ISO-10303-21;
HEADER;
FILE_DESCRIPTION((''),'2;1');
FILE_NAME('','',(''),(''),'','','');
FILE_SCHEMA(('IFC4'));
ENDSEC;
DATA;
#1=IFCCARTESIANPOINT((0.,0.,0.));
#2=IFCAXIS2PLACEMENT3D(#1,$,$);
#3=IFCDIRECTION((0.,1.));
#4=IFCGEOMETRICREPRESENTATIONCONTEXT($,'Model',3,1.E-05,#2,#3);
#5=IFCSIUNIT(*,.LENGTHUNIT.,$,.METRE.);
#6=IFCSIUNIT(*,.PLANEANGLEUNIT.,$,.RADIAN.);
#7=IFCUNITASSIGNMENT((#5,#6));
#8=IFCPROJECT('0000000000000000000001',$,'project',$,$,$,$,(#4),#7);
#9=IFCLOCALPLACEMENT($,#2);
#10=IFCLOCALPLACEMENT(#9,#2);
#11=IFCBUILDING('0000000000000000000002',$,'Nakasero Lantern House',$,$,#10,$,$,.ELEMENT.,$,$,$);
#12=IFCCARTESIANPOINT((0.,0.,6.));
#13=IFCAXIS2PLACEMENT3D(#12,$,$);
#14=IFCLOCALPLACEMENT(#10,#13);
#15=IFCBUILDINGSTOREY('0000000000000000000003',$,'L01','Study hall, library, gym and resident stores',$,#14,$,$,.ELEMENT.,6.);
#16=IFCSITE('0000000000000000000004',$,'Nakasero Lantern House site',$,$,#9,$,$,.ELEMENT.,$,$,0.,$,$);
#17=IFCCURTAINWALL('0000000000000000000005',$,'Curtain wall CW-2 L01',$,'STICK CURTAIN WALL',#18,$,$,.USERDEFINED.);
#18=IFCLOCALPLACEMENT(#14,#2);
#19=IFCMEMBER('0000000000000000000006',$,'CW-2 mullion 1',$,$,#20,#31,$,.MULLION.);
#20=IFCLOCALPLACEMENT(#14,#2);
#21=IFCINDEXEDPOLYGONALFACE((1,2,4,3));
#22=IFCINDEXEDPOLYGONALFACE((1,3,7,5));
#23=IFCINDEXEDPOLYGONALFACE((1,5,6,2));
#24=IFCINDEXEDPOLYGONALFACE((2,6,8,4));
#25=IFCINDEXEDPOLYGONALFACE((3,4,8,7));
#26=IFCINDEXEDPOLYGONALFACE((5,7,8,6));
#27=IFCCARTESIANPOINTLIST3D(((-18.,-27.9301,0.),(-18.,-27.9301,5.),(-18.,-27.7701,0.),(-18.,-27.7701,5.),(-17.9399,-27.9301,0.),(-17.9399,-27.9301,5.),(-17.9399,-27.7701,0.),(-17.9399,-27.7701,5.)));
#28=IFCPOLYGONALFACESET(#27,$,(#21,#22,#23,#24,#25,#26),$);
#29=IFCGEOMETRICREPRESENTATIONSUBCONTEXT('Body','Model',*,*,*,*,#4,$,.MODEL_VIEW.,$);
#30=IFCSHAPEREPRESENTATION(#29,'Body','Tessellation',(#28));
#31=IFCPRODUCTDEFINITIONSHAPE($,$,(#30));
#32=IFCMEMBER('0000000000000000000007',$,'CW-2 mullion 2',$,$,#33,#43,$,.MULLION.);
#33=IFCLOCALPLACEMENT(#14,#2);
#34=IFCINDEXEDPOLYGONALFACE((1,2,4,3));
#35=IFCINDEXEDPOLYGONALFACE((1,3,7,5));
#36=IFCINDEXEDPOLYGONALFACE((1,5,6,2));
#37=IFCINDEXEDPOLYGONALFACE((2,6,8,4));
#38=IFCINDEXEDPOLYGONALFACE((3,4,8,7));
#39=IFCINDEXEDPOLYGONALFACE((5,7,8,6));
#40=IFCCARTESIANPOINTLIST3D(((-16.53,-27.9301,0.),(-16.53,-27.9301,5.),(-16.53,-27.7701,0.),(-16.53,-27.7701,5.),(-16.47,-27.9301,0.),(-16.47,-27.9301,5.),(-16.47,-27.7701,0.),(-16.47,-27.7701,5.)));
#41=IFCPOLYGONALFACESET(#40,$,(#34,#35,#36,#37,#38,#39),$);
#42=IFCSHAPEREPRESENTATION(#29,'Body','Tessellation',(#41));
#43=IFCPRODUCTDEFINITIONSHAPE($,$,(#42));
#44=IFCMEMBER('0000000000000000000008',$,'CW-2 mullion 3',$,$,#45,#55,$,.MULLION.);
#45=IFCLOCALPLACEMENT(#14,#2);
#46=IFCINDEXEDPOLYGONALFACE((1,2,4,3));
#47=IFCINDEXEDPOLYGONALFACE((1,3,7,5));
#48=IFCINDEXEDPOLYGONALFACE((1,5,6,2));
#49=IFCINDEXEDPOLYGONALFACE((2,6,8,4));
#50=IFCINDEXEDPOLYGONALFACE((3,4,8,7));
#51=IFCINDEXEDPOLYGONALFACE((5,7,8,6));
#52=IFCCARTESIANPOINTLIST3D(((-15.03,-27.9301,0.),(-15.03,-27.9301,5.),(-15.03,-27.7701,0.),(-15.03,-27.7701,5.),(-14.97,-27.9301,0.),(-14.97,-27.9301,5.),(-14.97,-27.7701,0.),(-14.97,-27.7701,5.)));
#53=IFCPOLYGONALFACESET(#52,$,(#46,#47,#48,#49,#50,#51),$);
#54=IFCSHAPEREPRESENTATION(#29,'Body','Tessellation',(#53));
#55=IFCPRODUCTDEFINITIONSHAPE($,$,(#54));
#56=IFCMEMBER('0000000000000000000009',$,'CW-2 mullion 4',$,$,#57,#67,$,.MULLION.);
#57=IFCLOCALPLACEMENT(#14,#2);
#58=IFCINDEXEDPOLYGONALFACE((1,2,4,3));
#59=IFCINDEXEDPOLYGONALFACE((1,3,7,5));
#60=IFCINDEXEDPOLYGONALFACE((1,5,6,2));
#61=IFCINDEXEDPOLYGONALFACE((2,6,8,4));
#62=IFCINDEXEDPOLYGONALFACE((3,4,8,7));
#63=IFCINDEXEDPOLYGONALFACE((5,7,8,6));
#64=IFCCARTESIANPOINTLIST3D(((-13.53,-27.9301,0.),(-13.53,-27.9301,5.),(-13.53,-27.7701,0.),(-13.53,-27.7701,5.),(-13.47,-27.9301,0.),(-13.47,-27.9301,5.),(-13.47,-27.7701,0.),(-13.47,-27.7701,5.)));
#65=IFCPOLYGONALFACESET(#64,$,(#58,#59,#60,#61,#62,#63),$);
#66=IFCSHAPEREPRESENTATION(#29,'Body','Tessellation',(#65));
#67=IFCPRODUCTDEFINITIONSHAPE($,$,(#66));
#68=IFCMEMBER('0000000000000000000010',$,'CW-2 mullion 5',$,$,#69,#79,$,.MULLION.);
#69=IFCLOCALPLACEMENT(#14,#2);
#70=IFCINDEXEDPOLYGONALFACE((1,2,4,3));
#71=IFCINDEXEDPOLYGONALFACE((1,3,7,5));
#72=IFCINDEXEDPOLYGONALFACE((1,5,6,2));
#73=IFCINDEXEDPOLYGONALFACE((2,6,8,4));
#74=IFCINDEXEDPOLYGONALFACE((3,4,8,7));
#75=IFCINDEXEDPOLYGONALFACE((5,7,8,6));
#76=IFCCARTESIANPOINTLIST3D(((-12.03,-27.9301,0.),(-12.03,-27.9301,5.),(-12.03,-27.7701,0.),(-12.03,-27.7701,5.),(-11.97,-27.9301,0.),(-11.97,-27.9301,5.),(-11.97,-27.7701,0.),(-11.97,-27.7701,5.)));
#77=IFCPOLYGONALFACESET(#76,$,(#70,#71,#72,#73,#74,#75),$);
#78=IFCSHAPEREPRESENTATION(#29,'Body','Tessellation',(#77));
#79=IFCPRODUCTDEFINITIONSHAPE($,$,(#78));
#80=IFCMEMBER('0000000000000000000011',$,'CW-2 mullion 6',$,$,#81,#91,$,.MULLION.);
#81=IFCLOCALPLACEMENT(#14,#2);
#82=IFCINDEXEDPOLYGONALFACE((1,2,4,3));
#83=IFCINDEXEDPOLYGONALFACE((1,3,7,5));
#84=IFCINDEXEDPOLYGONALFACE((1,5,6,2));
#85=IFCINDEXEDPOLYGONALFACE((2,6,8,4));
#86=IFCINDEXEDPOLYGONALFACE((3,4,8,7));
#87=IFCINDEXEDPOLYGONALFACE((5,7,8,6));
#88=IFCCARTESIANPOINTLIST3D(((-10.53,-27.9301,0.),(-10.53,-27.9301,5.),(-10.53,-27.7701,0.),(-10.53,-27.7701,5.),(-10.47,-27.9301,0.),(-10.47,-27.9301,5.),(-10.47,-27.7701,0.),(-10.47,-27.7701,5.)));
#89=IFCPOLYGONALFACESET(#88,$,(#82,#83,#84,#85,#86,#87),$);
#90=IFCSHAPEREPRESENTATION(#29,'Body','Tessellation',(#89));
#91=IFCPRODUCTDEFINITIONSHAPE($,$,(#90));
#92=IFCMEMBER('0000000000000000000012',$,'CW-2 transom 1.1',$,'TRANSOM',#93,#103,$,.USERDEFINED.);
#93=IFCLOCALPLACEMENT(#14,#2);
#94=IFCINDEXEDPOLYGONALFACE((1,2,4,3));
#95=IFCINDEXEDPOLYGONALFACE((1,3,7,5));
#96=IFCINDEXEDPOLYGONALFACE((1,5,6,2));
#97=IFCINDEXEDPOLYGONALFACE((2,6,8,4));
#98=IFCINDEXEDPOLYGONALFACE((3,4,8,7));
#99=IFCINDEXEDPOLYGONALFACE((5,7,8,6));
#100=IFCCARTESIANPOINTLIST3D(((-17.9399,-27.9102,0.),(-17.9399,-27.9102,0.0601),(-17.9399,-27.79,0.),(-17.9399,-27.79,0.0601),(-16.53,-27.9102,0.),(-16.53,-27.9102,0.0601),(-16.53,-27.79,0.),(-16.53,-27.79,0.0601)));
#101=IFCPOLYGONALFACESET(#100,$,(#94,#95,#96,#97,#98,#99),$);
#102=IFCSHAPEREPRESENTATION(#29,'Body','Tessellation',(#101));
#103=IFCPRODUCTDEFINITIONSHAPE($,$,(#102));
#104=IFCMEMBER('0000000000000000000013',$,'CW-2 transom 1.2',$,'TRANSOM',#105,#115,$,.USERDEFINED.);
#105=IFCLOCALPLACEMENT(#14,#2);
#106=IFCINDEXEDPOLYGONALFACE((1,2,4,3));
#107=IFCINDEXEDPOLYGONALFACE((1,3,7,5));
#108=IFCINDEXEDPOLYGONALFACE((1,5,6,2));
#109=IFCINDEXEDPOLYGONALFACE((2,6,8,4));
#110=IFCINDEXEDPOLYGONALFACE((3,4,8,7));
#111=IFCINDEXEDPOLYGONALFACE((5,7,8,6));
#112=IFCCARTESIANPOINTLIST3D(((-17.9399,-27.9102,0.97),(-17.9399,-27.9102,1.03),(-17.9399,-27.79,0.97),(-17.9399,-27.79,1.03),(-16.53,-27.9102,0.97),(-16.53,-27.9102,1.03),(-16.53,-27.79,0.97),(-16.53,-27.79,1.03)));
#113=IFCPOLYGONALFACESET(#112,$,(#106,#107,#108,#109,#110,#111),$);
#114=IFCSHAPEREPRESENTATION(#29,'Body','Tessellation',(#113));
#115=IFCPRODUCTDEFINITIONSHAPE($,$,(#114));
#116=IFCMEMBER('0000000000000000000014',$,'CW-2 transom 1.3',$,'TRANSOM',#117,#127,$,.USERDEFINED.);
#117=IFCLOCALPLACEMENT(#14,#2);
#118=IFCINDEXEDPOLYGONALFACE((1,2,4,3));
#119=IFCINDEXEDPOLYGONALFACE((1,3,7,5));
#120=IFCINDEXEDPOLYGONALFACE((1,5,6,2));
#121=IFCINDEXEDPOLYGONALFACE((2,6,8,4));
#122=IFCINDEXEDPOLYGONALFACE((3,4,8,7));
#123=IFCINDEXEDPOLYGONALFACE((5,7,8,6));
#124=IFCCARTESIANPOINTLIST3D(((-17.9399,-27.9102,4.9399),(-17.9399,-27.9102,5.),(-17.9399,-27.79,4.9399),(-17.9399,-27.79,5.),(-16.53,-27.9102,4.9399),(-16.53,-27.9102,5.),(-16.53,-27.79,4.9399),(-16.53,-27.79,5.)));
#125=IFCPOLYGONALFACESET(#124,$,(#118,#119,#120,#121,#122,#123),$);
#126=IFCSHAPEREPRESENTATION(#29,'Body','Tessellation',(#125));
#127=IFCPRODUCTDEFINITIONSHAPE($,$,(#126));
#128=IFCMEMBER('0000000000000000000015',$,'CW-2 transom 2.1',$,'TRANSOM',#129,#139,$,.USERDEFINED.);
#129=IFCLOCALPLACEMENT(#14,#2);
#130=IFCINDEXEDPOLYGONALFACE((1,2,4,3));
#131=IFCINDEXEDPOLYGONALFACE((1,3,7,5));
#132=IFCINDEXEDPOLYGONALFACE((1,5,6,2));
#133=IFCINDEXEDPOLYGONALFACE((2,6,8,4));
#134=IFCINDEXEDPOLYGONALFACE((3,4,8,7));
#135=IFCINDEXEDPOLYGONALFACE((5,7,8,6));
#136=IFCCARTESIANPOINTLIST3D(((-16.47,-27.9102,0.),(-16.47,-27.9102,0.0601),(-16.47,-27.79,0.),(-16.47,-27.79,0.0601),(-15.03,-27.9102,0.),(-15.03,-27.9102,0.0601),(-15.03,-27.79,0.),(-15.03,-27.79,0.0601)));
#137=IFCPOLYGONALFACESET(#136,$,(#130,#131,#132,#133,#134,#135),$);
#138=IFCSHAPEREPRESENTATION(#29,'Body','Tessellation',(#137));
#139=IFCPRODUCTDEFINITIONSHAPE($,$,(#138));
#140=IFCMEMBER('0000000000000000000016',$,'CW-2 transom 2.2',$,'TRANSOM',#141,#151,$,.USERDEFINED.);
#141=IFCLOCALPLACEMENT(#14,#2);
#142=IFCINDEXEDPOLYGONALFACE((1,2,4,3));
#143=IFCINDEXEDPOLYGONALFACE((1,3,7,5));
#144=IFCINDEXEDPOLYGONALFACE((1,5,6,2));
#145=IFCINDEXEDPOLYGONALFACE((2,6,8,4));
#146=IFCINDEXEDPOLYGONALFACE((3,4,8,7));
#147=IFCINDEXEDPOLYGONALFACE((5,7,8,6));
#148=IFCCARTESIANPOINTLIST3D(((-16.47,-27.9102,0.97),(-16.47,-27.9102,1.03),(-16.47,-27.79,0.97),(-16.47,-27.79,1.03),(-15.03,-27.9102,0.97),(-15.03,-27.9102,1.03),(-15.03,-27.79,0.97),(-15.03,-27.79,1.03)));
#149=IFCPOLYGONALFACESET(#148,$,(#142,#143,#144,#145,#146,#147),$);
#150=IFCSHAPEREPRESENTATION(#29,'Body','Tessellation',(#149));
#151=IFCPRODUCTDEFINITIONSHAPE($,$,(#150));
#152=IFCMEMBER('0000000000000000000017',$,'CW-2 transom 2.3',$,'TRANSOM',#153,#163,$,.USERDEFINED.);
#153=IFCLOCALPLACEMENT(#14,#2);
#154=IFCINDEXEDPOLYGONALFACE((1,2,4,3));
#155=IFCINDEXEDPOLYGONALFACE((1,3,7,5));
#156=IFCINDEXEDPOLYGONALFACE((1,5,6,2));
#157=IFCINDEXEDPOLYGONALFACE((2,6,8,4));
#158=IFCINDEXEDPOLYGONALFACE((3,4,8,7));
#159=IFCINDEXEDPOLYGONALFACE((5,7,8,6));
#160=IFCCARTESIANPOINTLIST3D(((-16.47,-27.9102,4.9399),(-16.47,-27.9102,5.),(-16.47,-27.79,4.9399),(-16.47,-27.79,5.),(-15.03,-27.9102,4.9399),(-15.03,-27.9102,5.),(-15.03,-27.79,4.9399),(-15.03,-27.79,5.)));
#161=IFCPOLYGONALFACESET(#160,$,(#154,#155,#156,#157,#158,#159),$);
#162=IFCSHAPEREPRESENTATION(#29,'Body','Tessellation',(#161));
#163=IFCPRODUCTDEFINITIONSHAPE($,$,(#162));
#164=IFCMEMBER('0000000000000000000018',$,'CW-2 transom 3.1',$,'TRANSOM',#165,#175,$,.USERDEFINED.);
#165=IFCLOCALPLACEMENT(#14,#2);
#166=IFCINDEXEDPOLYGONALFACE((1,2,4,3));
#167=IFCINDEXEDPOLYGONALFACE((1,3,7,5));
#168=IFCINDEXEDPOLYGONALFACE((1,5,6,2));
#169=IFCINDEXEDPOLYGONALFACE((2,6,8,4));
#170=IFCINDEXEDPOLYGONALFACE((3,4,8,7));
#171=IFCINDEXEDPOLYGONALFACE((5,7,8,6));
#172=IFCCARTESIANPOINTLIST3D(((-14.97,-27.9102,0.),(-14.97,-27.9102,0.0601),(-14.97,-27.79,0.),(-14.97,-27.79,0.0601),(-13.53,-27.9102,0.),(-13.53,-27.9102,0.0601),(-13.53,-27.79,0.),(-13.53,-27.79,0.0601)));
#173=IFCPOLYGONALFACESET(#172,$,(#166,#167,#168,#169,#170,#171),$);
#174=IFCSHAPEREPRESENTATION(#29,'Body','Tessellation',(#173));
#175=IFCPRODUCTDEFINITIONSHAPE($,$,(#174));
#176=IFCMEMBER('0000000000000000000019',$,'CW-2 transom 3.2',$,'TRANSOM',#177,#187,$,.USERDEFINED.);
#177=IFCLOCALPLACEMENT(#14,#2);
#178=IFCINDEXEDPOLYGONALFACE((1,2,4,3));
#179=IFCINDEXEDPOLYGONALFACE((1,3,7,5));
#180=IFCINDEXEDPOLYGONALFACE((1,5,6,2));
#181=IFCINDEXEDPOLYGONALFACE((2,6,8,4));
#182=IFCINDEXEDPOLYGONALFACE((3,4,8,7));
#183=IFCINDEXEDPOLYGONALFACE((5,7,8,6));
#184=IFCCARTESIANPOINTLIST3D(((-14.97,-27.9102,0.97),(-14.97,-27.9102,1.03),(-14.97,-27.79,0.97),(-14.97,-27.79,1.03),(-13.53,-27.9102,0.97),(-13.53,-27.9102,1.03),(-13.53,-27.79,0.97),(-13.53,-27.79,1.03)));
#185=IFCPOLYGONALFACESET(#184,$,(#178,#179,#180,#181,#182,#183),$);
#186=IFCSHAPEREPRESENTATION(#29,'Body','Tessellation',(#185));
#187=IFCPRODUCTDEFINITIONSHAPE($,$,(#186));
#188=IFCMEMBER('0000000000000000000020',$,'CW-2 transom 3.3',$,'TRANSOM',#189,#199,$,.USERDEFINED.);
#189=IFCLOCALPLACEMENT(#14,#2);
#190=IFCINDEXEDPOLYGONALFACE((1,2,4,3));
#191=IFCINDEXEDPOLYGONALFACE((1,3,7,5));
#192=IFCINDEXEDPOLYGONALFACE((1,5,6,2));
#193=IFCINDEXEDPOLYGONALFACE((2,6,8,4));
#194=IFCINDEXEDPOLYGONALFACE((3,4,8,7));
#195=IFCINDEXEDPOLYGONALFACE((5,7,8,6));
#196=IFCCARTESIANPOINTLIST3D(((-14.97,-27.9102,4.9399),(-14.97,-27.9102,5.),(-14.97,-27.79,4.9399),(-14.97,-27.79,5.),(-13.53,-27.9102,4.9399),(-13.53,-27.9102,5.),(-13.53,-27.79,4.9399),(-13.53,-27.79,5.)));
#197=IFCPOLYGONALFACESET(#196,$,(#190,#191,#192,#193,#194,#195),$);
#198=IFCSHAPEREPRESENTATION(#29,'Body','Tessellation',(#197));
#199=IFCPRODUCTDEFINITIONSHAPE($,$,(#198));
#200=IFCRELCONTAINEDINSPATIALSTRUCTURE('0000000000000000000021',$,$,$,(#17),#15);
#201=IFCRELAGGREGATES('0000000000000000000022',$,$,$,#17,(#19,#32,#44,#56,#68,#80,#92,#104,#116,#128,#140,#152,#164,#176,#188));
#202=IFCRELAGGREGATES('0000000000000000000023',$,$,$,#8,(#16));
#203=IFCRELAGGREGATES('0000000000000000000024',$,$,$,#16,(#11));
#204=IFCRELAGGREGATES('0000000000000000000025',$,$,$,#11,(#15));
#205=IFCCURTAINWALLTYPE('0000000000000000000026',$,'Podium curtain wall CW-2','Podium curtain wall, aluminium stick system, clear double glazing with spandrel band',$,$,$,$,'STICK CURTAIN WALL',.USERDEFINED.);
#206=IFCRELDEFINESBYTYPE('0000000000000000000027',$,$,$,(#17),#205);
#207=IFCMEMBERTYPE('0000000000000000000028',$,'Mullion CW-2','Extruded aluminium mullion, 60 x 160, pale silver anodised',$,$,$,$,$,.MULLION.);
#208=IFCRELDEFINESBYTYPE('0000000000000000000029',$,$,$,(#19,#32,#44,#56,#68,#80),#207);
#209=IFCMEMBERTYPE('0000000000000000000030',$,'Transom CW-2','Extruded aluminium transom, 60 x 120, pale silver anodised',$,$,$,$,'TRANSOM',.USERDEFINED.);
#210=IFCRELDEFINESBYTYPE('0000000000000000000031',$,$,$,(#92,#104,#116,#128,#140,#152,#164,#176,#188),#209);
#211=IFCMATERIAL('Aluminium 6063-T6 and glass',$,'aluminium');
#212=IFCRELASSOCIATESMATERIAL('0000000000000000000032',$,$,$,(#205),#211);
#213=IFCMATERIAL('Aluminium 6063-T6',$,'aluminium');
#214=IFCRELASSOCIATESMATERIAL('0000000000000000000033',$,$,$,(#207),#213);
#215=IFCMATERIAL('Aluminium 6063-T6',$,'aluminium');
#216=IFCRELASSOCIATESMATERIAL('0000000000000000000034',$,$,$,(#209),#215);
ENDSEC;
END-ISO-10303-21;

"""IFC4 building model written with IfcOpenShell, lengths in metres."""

from ifc_helpers import new_model, si_unit, direction, frame, origin, origin_2d, place, context, subcontext, project, spatial, rectangle, extrude, material, material_profile, profile_set, type_object, element, aggregate, save


model = new_model("IFC4")

# Units and contexts
model_context = context("Model", 3, precision=1e-05, world=origin(), true_north=direction((0.0, 1.0)))
body_context = subcontext(model_context, "Body", "Model", "MODEL_VIEW")
ifc_project = project(units=[si_unit("LENGTHUNIT", "METRE"), si_unit("PLANEANGLEUNIT", "RADIAN")], contexts=[model_context])

# Site, building, storey
site_placement = place(None, origin())
site = spatial("IfcSite", under=ifc_project, at=site_placement, Name="Nakasero Lantern House site", CompositionType="ELEMENT", RefElevation=0.0)
building_placement = place(site_placement, origin())
building = spatial("IfcBuilding", under=site, at=building_placement, Name="Nakasero Lantern House", CompositionType="ELEMENT")
storey_placement = place(building_placement, frame((0.0, 0.0, 6.0)))
storey = spatial("IfcBuildingStorey", under=building, at=storey_placement, Name="L01", Description="Study hall, library, gym and resident stores", CompositionType="ELEMENT", Elevation=6.0)

# Curtain wall, members
ifc_material_1 = material(Name="Aluminium 6063-T6 and glass", Category="aluminium")
curtain_wall_type = type_object("IfcCurtainWallType", Name="Podium curtain wall CW-2", Description="Podium curtain wall, aluminium stick system, clear double glazing with spandrel band", ElementType="STICK CURTAIN WALL", PredefinedType="USERDEFINED", material=ifc_material_1)
curtain_wall_placement = place(storey_placement, origin())
curtain_wall = element("IfcCurtainWall", 1, at=curtain_wall_placement, inside=storey, type_object=curtain_wall_type, Name="Curtain wall CW-2 L01", ObjectType="STICK CURTAIN WALL", PredefinedType="USERDEFINED")
ifc_material_2 = material(Name="Aluminium 6063-T6", Category="aluminium")
ifc_material_profile_1 = material_profile(ifc_material_2, rectangle(XDim=0.0601, YDim=0.1599, at=origin_2d()), Name="CW-2 mullion 60x160")
ifc_profile_set_1 = profile_set([ifc_material_profile_1], Name="Aluminium 6063-T6")
member_type_1 = type_object("IfcMemberType", Name="Mullion CW-2", Description="Extruded aluminium mullion, 60 x 160, pale silver anodised", PredefinedType="MULLION", material=ifc_profile_set_1)
member_1_placement = place(storey_placement, frame((-17.97, -27.8501, 0.0), z_axis=(0.0, 0.0, 1.0), x_axis=(1.0, 0.0, 0.0)))
member_1 = element("IfcMember", 2, at=member_1_placement, type_object=member_type_1, Name="CW-2 mullion 1", PredefinedType="MULLION", context=body_context, shape_type="SweptSolid", body=[
    extrude(rectangle(XDim=0.0601, YDim=0.1599, at=origin_2d()), origin(), (0.0, 0.0, 1.0), 5.0),
])
member_2_placement = place(storey_placement, frame((-16.5, -27.8501, 0.0), z_axis=(0.0, 0.0, 1.0), x_axis=(1.0, 0.0, 0.0)))
member_2 = element("IfcMember", 3, at=member_2_placement, type_object=member_type_1, Name="CW-2 mullion 2", PredefinedType="MULLION", context=body_context, shape_type="SweptSolid", body=[
    extrude(rectangle(XDim=0.0601, YDim=0.1599, at=origin_2d()), origin(), (0.0, 0.0, 1.0), 5.0),
])
member_3_placement = place(storey_placement, frame((-15.0, -27.8501, 0.0), z_axis=(0.0, 0.0, 1.0), x_axis=(1.0, 0.0, 0.0)))
member_3 = element("IfcMember", 4, at=member_3_placement, type_object=member_type_1, Name="CW-2 mullion 3", PredefinedType="MULLION", context=body_context, shape_type="SweptSolid", body=[
    extrude(rectangle(XDim=0.0601, YDim=0.1599, at=origin_2d()), origin(), (0.0, 0.0, 1.0), 5.0),
])
member_4_placement = place(storey_placement, frame((-13.5, -27.8501, 0.0), z_axis=(0.0, 0.0, 1.0), x_axis=(1.0, 0.0, 0.0)))
member_4 = element("IfcMember", 5, at=member_4_placement, type_object=member_type_1, Name="CW-2 mullion 4", PredefinedType="MULLION", context=body_context, shape_type="SweptSolid", body=[
    extrude(rectangle(XDim=0.0601, YDim=0.1599, at=origin_2d()), origin(), (0.0, 0.0, 1.0), 5.0),
])
member_5_placement = place(storey_placement, frame((-12.0, -27.8501, 0.0), z_axis=(0.0, 0.0, 1.0), x_axis=(1.0, 0.0, 0.0)))
member_5 = element("IfcMember", 6, at=member_5_placement, type_object=member_type_1, Name="CW-2 mullion 5", PredefinedType="MULLION", context=body_context, shape_type="SweptSolid", body=[
    extrude(rectangle(XDim=0.0601, YDim=0.1599, at=origin_2d()), origin(), (0.0, 0.0, 1.0), 5.0),
])
member_6_placement = place(storey_placement, frame((-10.5, -27.8501, 0.0), z_axis=(0.0, 0.0, 1.0), x_axis=(1.0, 0.0, 0.0)))
member_6 = element("IfcMember", 7, at=member_6_placement, type_object=member_type_1, Name="CW-2 mullion 6", PredefinedType="MULLION", context=body_context, shape_type="SweptSolid", body=[
    extrude(rectangle(XDim=0.0601, YDim=0.1599, at=origin_2d()), origin(), (0.0, 0.0, 1.0), 5.0),
])
ifc_material_3 = material(Name="Aluminium 6063-T6", Category="aluminium")
ifc_material_profile_2 = material_profile(ifc_material_3, rectangle(XDim=0.0601, YDim=0.1201, at=origin_2d()), Name="CW-2 transom 60x120")
ifc_profile_set_2 = profile_set([ifc_material_profile_2], Name="Aluminium 6063-T6")
member_type_2 = type_object("IfcMemberType", Name="Transom CW-2", Description="Extruded aluminium transom, 60 x 120, pale silver anodised", ElementType="TRANSOM", PredefinedType="USERDEFINED", material=ifc_profile_set_2)
member_7_placement = place(storey_placement, frame((-17.9399, -27.8501, 0.03), z_axis=(1.0, 0.0, 0.0), x_axis=(0.0, 0.0, 1.0)))
member_7 = element("IfcMember", 8, at=member_7_placement, type_object=member_type_2, Name="CW-2 transom 1.1", ObjectType="TRANSOM", PredefinedType="USERDEFINED", context=body_context, shape_type="SweptSolid", body=[
    extrude(rectangle(XDim=0.0601, YDim=0.1201, at=origin_2d()), origin(), (0.0, 0.0, 1.0), 1.4099),
])
member_8_placement = place(storey_placement, frame((-17.9399, -27.8501, 1.0), z_axis=(1.0, 0.0, 0.0), x_axis=(0.0, 0.0, 1.0)))
member_8 = element("IfcMember", 9, at=member_8_placement, type_object=member_type_2, Name="CW-2 transom 1.2", ObjectType="TRANSOM", PredefinedType="USERDEFINED", context=body_context, shape_type="SweptSolid", body=[
    extrude(rectangle(XDim=0.0601, YDim=0.1201, at=origin_2d()), origin(), (0.0, 0.0, 1.0), 1.4099),
])
member_9_placement = place(storey_placement, frame((-17.9399, -27.8501, 4.97), z_axis=(1.0, 0.0, 0.0), x_axis=(0.0, 0.0, 1.0)))
member_9 = element("IfcMember", 10, at=member_9_placement, type_object=member_type_2, Name="CW-2 transom 1.3", ObjectType="TRANSOM", PredefinedType="USERDEFINED", context=body_context, shape_type="SweptSolid", body=[
    extrude(rectangle(XDim=0.0601, YDim=0.1201, at=origin_2d()), origin(), (0.0, 0.0, 1.0), 1.4099),
])
member_10_placement = place(storey_placement, frame((-16.47, -27.8501, 0.03), z_axis=(1.0, 0.0, 0.0), x_axis=(0.0, 0.0, 1.0)))
member_10 = element("IfcMember", 11, at=member_10_placement, type_object=member_type_2, Name="CW-2 transom 2.1", ObjectType="TRANSOM", PredefinedType="USERDEFINED", context=body_context, shape_type="SweptSolid", body=[
    extrude(rectangle(XDim=0.0601, YDim=0.1201, at=origin_2d()), origin(), (0.0, 0.0, 1.0), 1.4399),
])
member_11_placement = place(storey_placement, frame((-16.47, -27.8501, 1.0), z_axis=(1.0, 0.0, 0.0), x_axis=(0.0, 0.0, 1.0)))
member_11 = element("IfcMember", 12, at=member_11_placement, type_object=member_type_2, Name="CW-2 transom 2.2", ObjectType="TRANSOM", PredefinedType="USERDEFINED", context=body_context, shape_type="SweptSolid", body=[
    extrude(rectangle(XDim=0.0601, YDim=0.1201, at=origin_2d()), origin(), (0.0, 0.0, 1.0), 1.4399),
])
member_12_placement = place(storey_placement, frame((-16.47, -27.8501, 4.97), z_axis=(1.0, 0.0, 0.0), x_axis=(0.0, 0.0, 1.0)))
member_12 = element("IfcMember", 13, at=member_12_placement, type_object=member_type_2, Name="CW-2 transom 2.3", ObjectType="TRANSOM", PredefinedType="USERDEFINED", context=body_context, shape_type="SweptSolid", body=[
    extrude(rectangle(XDim=0.0601, YDim=0.1201, at=origin_2d()), origin(), (0.0, 0.0, 1.0), 1.4399),
])
member_13_placement = place(storey_placement, frame((-14.97, -27.8501, 0.03), z_axis=(1.0, 0.0, 0.0), x_axis=(0.0, 0.0, 1.0)))
member_13 = element("IfcMember", 14, at=member_13_placement, type_object=member_type_2, Name="CW-2 transom 3.1", ObjectType="TRANSOM", PredefinedType="USERDEFINED", context=body_context, shape_type="SweptSolid", body=[
    extrude(rectangle(XDim=0.0601, YDim=0.1201, at=origin_2d()), origin(), (0.0, 0.0, 1.0), 1.4399),
])
member_14_placement = place(storey_placement, frame((-14.97, -27.8501, 1.0), z_axis=(1.0, 0.0, 0.0), x_axis=(0.0, 0.0, 1.0)))
member_14 = element("IfcMember", 15, at=member_14_placement, type_object=member_type_2, Name="CW-2 transom 3.2", ObjectType="TRANSOM", PredefinedType="USERDEFINED", context=body_context, shape_type="SweptSolid", body=[
    extrude(rectangle(XDim=0.0601, YDim=0.1201, at=origin_2d()), origin(), (0.0, 0.0, 1.0), 1.4399),
])
member_15_placement = place(storey_placement, frame((-14.97, -27.8501, 4.97), z_axis=(1.0, 0.0, 0.0), x_axis=(0.0, 0.0, 1.0)))
member_15 = element("IfcMember", 16, at=member_15_placement, type_object=member_type_2, Name="CW-2 transom 3.3", ObjectType="TRANSOM", PredefinedType="USERDEFINED", context=body_context, shape_type="SweptSolid", body=[
    extrude(rectangle(XDim=0.0601, YDim=0.1201, at=origin_2d()), origin(), (0.0, 0.0, 1.0), 1.4399),
])
aggregate(curtain_wall, [member_1, member_2, member_3, member_4, member_5, member_6, member_7, member_8, member_9, member_10, member_11, member_12, member_13, member_14, member_15])

save(model, "model.ifc")
